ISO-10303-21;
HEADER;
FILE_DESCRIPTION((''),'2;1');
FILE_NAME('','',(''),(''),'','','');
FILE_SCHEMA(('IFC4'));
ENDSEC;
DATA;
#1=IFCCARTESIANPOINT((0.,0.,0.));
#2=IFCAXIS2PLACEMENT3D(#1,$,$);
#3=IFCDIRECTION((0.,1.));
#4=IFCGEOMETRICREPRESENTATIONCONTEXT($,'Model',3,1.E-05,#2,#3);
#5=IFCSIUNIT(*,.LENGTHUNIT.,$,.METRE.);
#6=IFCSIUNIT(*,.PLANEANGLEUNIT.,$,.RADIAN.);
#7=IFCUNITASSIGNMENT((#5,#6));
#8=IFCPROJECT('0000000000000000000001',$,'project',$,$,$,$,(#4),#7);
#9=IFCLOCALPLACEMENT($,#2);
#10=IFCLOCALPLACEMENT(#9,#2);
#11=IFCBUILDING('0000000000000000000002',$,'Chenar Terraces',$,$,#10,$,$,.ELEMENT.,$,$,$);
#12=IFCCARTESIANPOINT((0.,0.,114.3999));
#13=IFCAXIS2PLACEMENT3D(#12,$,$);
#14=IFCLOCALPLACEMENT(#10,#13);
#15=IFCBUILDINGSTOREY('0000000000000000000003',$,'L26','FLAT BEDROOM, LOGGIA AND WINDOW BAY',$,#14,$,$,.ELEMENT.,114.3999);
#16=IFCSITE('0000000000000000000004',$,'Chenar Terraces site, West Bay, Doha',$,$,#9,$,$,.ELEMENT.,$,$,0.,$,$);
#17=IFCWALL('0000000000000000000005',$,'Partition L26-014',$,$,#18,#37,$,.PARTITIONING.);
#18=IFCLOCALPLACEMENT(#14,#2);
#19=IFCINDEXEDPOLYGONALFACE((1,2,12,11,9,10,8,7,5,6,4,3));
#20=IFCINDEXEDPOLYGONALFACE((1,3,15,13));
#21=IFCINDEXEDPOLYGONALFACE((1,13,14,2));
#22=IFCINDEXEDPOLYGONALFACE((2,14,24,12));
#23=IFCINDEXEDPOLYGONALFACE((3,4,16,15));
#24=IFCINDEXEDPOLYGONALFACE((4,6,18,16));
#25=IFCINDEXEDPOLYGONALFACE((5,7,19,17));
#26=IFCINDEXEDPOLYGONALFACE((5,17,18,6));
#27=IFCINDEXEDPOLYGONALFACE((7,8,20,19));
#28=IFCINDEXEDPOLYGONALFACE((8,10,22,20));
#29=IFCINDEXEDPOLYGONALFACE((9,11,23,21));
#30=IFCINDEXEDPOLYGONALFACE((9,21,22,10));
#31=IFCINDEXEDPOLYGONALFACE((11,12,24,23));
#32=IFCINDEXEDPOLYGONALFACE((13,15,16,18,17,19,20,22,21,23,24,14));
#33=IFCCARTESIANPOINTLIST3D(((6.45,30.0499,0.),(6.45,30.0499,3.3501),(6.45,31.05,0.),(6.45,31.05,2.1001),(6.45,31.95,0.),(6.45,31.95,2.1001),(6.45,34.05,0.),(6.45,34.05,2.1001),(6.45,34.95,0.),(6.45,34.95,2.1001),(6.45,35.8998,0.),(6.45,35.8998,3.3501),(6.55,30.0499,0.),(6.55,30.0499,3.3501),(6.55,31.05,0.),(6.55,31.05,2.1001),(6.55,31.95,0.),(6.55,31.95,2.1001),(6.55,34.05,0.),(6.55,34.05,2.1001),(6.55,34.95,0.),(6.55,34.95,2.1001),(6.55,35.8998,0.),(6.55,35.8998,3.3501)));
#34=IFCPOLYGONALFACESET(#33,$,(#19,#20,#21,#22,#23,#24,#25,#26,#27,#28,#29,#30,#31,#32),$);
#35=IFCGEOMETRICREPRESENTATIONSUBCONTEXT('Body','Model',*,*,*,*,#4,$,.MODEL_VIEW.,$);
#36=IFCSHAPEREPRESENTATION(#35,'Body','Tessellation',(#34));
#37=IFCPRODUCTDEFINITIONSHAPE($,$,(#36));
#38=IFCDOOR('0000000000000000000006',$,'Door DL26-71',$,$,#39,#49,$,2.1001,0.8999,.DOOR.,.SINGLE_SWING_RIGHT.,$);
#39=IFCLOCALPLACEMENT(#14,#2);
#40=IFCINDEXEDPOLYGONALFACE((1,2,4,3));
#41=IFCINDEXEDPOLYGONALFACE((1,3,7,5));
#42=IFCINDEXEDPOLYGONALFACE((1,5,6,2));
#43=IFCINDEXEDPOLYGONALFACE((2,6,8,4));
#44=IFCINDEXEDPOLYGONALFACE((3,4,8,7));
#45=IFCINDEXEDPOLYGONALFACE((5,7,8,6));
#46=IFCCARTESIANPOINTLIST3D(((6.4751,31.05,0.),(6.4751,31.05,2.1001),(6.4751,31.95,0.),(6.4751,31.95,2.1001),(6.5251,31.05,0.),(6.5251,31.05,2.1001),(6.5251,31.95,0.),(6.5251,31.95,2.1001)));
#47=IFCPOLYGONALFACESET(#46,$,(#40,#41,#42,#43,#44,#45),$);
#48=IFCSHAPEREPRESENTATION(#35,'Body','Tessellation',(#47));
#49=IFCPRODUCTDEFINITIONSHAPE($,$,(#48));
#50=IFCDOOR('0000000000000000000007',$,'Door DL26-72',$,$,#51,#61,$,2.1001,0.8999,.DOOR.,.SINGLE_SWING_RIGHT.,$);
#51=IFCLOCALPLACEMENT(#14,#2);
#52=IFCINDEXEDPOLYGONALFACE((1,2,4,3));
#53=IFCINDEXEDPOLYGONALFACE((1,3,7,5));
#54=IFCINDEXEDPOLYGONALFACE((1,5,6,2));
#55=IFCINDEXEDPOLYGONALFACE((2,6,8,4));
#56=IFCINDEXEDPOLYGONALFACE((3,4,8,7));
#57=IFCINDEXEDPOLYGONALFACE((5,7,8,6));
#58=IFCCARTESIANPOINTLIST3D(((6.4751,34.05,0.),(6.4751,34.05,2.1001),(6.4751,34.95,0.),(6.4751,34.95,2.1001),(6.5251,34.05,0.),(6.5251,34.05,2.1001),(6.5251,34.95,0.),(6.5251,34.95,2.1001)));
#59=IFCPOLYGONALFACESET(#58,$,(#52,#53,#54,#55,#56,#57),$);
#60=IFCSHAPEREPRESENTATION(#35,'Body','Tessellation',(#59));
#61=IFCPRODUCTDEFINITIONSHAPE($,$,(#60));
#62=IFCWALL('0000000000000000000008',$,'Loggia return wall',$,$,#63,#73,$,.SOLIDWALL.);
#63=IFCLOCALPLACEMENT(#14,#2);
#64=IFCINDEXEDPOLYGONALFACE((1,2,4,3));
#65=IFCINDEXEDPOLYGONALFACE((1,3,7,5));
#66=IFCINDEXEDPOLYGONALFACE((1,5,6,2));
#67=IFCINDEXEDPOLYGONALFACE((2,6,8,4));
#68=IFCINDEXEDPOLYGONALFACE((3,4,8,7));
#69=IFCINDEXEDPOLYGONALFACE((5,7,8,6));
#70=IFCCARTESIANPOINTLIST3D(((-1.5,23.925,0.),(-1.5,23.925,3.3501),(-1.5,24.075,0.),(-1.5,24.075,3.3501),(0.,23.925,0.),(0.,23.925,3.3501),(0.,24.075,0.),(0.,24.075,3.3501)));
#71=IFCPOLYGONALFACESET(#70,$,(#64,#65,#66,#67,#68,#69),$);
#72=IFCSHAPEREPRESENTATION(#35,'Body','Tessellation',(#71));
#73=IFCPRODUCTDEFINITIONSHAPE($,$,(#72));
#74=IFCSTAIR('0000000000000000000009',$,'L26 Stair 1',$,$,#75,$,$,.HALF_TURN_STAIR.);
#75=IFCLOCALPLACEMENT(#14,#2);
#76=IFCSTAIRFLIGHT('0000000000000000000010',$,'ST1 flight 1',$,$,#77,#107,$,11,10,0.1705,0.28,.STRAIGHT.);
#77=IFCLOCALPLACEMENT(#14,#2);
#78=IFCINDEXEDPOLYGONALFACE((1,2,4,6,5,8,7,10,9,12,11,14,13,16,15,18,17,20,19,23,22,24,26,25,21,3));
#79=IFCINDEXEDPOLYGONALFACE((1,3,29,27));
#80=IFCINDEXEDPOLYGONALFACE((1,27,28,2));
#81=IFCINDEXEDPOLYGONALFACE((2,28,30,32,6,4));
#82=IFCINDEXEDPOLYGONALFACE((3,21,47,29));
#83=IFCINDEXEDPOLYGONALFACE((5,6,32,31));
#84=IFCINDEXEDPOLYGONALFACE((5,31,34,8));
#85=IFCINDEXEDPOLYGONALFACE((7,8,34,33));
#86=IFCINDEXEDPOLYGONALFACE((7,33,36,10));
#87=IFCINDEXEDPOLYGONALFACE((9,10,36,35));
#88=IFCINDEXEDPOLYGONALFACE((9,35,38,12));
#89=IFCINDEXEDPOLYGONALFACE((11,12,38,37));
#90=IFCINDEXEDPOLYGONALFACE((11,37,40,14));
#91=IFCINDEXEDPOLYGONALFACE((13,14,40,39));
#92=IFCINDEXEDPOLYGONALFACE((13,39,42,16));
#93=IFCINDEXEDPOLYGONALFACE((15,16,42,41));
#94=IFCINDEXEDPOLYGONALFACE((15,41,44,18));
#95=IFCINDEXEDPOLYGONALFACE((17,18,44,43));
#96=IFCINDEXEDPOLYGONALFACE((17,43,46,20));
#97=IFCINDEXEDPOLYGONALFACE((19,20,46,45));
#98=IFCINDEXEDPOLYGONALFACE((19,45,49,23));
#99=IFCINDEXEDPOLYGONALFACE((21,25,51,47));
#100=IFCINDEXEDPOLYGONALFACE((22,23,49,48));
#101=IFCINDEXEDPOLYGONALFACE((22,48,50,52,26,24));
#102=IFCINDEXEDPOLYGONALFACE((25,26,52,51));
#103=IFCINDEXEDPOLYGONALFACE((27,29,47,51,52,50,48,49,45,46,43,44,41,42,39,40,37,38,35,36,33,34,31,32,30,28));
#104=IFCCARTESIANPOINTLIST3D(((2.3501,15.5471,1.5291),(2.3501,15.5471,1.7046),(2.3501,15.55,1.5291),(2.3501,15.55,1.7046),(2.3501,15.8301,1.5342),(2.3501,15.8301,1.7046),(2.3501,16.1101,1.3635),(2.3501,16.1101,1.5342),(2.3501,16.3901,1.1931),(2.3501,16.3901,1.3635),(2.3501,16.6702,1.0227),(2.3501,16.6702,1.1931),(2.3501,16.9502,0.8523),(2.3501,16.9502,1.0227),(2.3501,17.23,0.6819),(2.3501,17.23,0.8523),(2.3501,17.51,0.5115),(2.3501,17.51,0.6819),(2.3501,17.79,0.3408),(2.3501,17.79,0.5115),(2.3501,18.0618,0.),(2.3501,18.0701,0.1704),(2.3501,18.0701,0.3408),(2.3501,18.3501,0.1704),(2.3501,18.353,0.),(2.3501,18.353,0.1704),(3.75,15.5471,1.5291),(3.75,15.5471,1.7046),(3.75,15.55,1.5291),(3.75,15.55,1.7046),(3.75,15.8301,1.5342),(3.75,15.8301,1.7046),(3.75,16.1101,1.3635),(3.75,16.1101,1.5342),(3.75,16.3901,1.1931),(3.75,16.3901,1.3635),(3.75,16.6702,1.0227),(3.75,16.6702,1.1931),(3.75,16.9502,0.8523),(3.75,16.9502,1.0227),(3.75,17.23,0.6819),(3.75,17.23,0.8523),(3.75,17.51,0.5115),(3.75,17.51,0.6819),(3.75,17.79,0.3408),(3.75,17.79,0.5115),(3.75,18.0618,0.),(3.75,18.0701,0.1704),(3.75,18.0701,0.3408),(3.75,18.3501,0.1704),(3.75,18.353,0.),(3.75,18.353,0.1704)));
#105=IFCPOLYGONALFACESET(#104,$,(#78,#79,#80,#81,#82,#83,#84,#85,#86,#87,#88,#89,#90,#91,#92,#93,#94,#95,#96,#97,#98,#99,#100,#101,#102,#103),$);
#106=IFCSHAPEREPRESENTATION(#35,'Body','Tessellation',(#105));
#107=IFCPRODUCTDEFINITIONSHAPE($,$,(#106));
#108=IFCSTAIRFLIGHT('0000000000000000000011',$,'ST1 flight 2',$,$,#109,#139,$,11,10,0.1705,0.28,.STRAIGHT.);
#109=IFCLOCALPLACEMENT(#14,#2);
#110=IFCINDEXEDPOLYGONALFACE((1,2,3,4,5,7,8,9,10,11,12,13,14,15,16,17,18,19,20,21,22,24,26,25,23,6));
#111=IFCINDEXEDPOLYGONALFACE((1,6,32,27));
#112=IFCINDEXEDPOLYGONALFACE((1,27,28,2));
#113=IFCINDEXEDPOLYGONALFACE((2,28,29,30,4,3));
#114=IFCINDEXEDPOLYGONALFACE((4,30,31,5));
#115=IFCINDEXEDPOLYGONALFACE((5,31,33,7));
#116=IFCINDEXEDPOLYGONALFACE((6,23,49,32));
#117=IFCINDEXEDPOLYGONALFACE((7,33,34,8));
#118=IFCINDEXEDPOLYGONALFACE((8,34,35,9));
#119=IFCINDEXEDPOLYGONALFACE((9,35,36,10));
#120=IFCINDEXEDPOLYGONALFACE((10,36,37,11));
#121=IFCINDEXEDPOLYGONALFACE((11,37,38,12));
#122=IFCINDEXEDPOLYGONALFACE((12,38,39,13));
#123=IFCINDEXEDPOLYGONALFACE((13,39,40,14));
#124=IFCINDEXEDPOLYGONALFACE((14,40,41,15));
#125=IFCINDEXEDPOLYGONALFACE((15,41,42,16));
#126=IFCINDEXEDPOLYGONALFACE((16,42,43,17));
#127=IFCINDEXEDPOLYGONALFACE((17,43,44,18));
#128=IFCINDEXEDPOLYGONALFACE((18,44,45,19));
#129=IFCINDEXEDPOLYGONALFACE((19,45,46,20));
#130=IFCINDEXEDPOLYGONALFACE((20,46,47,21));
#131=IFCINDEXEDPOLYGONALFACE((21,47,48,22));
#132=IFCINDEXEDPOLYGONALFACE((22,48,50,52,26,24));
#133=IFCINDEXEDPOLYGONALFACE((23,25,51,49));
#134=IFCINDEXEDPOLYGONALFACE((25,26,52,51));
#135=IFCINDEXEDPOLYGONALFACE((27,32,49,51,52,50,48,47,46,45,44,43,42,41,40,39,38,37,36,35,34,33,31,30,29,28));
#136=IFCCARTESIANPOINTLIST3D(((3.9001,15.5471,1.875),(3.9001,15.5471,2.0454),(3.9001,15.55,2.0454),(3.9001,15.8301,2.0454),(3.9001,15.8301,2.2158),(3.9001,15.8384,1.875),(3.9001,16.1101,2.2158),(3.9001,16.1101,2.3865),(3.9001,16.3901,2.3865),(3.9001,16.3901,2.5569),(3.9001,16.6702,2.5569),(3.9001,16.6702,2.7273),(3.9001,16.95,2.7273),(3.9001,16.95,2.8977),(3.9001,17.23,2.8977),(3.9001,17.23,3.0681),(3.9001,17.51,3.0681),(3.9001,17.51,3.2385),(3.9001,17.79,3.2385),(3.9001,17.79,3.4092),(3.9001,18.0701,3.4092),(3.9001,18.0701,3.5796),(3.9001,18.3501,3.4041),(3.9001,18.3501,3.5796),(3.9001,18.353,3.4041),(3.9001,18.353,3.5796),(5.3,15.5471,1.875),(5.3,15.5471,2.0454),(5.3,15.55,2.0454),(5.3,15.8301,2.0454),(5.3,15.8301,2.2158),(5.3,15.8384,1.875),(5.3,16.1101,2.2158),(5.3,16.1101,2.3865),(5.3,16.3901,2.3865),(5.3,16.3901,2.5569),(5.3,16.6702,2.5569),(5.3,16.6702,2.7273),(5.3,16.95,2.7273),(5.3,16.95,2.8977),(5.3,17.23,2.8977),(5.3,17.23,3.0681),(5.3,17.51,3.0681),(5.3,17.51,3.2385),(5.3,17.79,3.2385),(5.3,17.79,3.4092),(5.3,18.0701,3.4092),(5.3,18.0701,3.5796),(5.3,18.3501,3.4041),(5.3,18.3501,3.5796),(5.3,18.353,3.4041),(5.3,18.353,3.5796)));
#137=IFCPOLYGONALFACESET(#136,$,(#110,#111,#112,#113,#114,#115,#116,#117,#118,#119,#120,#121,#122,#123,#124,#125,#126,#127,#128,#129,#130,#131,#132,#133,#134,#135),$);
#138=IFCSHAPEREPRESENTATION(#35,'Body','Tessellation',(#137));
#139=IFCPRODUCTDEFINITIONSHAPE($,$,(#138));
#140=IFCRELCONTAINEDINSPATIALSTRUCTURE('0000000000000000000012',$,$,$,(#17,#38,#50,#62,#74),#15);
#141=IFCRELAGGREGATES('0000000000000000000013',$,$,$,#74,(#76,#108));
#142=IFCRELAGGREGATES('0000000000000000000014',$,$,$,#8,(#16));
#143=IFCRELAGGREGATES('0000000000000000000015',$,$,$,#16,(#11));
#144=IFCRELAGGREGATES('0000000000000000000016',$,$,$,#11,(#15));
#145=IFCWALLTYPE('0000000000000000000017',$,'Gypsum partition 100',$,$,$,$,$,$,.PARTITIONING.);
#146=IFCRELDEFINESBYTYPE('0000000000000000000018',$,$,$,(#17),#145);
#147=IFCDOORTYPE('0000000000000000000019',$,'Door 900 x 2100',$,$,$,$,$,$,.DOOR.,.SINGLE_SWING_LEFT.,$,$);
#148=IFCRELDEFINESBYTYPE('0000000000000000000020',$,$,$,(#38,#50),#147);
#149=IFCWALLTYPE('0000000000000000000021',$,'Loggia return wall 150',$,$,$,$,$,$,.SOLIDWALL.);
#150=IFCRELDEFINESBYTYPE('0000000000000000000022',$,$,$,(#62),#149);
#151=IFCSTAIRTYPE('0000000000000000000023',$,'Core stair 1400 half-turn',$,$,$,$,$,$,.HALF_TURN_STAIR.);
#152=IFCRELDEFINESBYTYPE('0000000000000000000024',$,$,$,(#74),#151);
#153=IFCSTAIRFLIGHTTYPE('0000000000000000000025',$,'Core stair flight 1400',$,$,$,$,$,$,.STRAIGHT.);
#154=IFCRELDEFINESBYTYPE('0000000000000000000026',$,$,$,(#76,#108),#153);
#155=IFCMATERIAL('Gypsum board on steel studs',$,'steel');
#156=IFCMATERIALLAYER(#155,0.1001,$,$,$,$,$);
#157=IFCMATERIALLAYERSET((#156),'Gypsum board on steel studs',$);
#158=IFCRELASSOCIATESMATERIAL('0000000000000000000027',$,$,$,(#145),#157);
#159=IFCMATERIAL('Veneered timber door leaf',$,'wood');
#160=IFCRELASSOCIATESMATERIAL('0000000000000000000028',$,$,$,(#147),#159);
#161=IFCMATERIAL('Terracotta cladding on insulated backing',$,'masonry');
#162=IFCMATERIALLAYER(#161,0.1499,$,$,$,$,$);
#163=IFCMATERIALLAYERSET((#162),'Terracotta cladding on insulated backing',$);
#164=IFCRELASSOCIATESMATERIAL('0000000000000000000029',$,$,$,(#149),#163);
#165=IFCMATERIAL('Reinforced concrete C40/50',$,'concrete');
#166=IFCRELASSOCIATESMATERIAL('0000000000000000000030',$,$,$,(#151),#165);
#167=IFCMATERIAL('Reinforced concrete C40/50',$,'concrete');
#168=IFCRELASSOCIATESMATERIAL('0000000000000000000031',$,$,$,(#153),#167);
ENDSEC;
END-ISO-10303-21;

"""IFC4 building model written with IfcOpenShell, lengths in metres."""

from ifc_helpers import new_model, si_unit, direction, frame, frame_2d, origin, place, context, subcontext, project, spatial, polyline, rectangle, outline, extrude, material, layer, layer_set, type_object, element, fill, aggregate, save


model = new_model("IFC4")

# Units and contexts
model_context = context("Model", 3, precision=1e-05, world=origin(), true_north=direction((0.0, 1.0)))
body_context = subcontext(model_context, "Body", "Model", "MODEL_VIEW")
ifc_project = project(units=[si_unit("LENGTHUNIT", "METRE"), si_unit("PLANEANGLEUNIT", "RADIAN")], contexts=[model_context])

# Site, building, storey
site_placement = place(None, origin())
site = spatial("IfcSite", under=ifc_project, at=site_placement, Name="Chenar Terraces site, West Bay, Doha", CompositionType="ELEMENT", RefElevation=0.0)
building_placement = place(site_placement, origin())
building = spatial("IfcBuilding", under=site, at=building_placement, Name="Chenar Terraces", CompositionType="ELEMENT")
storey_placement = place(building_placement, frame((0.0, 0.0, 114.3999)))
storey = spatial("IfcBuildingStorey", under=building, at=storey_placement, Name="L26", Description="FLAT BEDROOM, LOGGIA AND WINDOW BAY", CompositionType="ELEMENT", Elevation=114.3999)

# Shared definitions
ifc_material_1 = material(Name="Gypsum board on steel studs", Category="steel")
ifc_layer_1 = layer(ifc_material_1, 0.1001)
ifc_layer_set_1 = layer_set([ifc_layer_1], Name="Gypsum board on steel studs")
wall_type_1 = type_object("IfcWallType", Name="Gypsum partition 100", PredefinedType="PARTITIONING", material=ifc_layer_set_1)

# Wall, openings, doors
wall_1_placement = place(storey_placement, frame((6.5, 30.05, 0.0), z_axis=(0.0, 0.0, 1.0), x_axis=(0.0, 1.0, 0.0)))
wall_1 = element("IfcWall", 1, at=wall_1_placement, inside=storey, type_object=wall_type_1, Name="Partition L26-014", PredefinedType="PARTITIONING", context=body_context, shape_type="SweptSolid", body=[
    extrude(rectangle(XDim=5.8499, YDim=0.1001, at=frame_2d((2.9248, 0.0))), origin(), (0.0, 0.0, 1.0), 3.3501),
])
opening_1_placement = place(wall_1_placement, frame((1.0, 0.0, 0.0)))
opening_1 = element("IfcOpeningElement", 2, at=opening_1_placement, cuts=wall_1, PredefinedType="OPENING", context=body_context, shape_type="SweptSolid", body=[
    extrude(rectangle(XDim=0.8999, YDim=2.1001, at=frame_2d((0.45, 1.05))), frame((0.0, 0.0601, 0.0), z_axis=(0.0, -1.0, 0.0), x_axis=(1.0, 0.0, 0.0)), (0.0, 0.0, 1.0), 0.1201),
])
opening_2_placement = place(wall_1_placement, frame((4.0, 0.0, 0.0)))
opening_2 = element("IfcOpeningElement", 3, at=opening_2_placement, cuts=wall_1, PredefinedType="OPENING", context=body_context, shape_type="SweptSolid", body=[
    extrude(rectangle(XDim=0.8999, YDim=2.1001, at=frame_2d((0.45, 1.05))), frame((0.0, 0.0601, 0.0), z_axis=(0.0, -1.0, 0.0), x_axis=(1.0, 0.0, 0.0)), (0.0, 0.0, 1.0), 0.1201),
])
ifc_material_2 = material(Name="Veneered timber door leaf", Category="wood")
door_type_1 = type_object("IfcDoorType", Name="Door 900 x 2100", OperationType="SINGLE_SWING_LEFT", PredefinedType="DOOR", material=ifc_material_2)
door_1_placement = place(opening_1_placement, origin())
door_1 = element("IfcDoor", 4, at=door_1_placement, inside=storey, type_object=door_type_1, Name="Door DL26-71", OperationType="SINGLE_SWING_RIGHT", OverallHeight=2.1001, OverallWidth=0.8999, PredefinedType="DOOR", context=body_context, shape_type="SweptSolid", body=[
    extrude(rectangle(XDim=0.8999, YDim=2.1001, at=frame_2d((0.45, 1.05))), frame((0.0, 0.0249, 0.0), z_axis=(0.0, -1.0, 0.0), x_axis=(1.0, 0.0, 0.0)), (0.0, 0.0, 1.0), 0.05),
])
fill(opening_1, door_1)
door_2_placement = place(opening_2_placement, origin())
door_2 = element("IfcDoor", 5, at=door_2_placement, inside=storey, type_object=door_type_1, Name="Door DL26-72", OperationType="SINGLE_SWING_RIGHT", OverallHeight=2.1001, OverallWidth=0.8999, PredefinedType="DOOR", context=body_context, shape_type="SweptSolid", body=[
    extrude(rectangle(XDim=0.8999, YDim=2.1001, at=frame_2d((0.45, 1.05))), frame((0.0, 0.0249, 0.0), z_axis=(0.0, -1.0, 0.0), x_axis=(1.0, 0.0, 0.0)), (0.0, 0.0, 1.0), 0.05),
])
fill(opening_2, door_2)

# Wall
ifc_material_3 = material(Name="Terracotta cladding on insulated backing", Category="masonry")
ifc_layer_2 = layer(ifc_material_3, 0.1499)
ifc_layer_set_2 = layer_set([ifc_layer_2], Name="Terracotta cladding on insulated backing")
wall_type_2 = type_object("IfcWallType", Name="Loggia return wall 150", PredefinedType="SOLIDWALL", material=ifc_layer_set_2)
wall_2_placement = place(storey_placement, frame((-1.5, 24.0, 0.0), z_axis=(0.0, 0.0, 1.0), x_axis=(1.0, 0.0, 0.0)))
element("IfcWall", 6, at=wall_2_placement, inside=storey, type_object=wall_type_2, Name="Loggia return wall", PredefinedType="SOLIDWALL", context=body_context, shape_type="SweptSolid", body=[
    extrude(rectangle(XDim=1.5, YDim=0.1499, at=frame_2d((0.75, 0.0))), origin(), (0.0, 0.0, 1.0), 3.3501),
])

# Stair, stair flights
ifc_material_4 = material(Name="Reinforced concrete C40/50", Category="concrete")
stair_type = type_object("IfcStairType", Name="Core stair 1400 half-turn", PredefinedType="HALF_TURN_STAIR", material=ifc_material_4)
stair_placement = place(storey_placement, origin())
stair = element("IfcStair", 7, at=stair_placement, inside=storey, type_object=stair_type, Name="L26 Stair 1", PredefinedType="HALF_TURN_STAIR")
ifc_material_5 = material(Name="Reinforced concrete C40/50", Category="concrete")
stair_flight_type = type_object("IfcStairFlightType", Name="Core stair flight 1400", PredefinedType="STRAIGHT", material=ifc_material_5)
stair_flight_1_placement = place(storey_placement, frame((3.05, 18.3501, 0.0), z_axis=(0.0, 0.0, 1.0), x_axis=(0.0, -1.0, 0.0)))
stair_flight_1 = element("IfcStairFlight", 8, at=stair_flight_1_placement, type_object=stair_flight_type, Name="ST1 flight 1", NumberOfRisers=11, NumberOfTreads=10, PredefinedType="STRAIGHT", RiserHeight=0.1705, TreadLength=0.28, context=body_context, shape_type="SweptSolid", body=[
    extrude(outline(polyline([(-0.0029, 0.0), (-0.0029, 0.1704), (0.0, 0.1704), (0.28, 0.1704), (0.28, 0.3408), (0.5601, 0.3408), (0.5601, 0.5115), (0.8401, 0.5115), (0.8401, 0.6819), (1.1201, 0.6819), (1.1201, 0.8523), (1.3999, 0.8523), (1.3999, 1.0227), (1.6799, 1.0227), (1.6799, 1.1931), (1.96, 1.1931), (1.96, 1.3635), (2.24, 1.3635), (2.24, 1.5342), (2.52, 1.5342), (2.52, 1.7046), (2.8, 1.7046), (2.803, 1.7046), (2.803, 1.5291), (2.8, 1.5291), (0.2883, 0.0), (-0.0029, 0.0)])), frame((0.0, 0.7, 0.0), z_axis=(0.0, -1.0, 0.0), x_axis=(1.0, 0.0, 0.0)), (0.0, 0.0, 1.0), 1.3999),
])
stair_flight_2_placement = place(storey_placement, frame((4.6001, 15.55, 1.875), z_axis=(0.0, 0.0, 1.0), x_axis=(0.0, 1.0, 0.0)))
stair_flight_2 = element("IfcStairFlight", 9, at=stair_flight_2_placement, type_object=stair_flight_type, Name="ST1 flight 2", NumberOfRisers=11, NumberOfTreads=10, PredefinedType="STRAIGHT", RiserHeight=0.1705, TreadLength=0.28, context=body_context, shape_type="SweptSolid", body=[
    extrude(outline(polyline([(-0.0029, 0.0), (-0.0029, 0.1704), (0.0, 0.1704), (0.28, 0.1704), (0.28, 0.3408), (0.5601, 0.3408), (0.5601, 0.5115), (0.8401, 0.5115), (0.8401, 0.6819), (1.1201, 0.6819), (1.1201, 0.8523), (1.3999, 0.8523), (1.3999, 1.0227), (1.6799, 1.0227), (1.6799, 1.1931), (1.96, 1.1931), (1.96, 1.3635), (2.24, 1.3635), (2.24, 1.5342), (2.52, 1.5342), (2.52, 1.7046), (2.8, 1.7046), (2.803, 1.7046), (2.803, 1.5291), (2.8, 1.5291), (0.2883, 0.0), (-0.0029, 0.0)])), frame((0.0, 0.7, 0.0), z_axis=(0.0, -1.0, 0.0), x_axis=(1.0, 0.0, 0.0)), (0.0, 0.0, 1.0), 1.3999),
])
aggregate(stair, [stair_flight_1, stair_flight_2])

save(model, "model.ifc")
